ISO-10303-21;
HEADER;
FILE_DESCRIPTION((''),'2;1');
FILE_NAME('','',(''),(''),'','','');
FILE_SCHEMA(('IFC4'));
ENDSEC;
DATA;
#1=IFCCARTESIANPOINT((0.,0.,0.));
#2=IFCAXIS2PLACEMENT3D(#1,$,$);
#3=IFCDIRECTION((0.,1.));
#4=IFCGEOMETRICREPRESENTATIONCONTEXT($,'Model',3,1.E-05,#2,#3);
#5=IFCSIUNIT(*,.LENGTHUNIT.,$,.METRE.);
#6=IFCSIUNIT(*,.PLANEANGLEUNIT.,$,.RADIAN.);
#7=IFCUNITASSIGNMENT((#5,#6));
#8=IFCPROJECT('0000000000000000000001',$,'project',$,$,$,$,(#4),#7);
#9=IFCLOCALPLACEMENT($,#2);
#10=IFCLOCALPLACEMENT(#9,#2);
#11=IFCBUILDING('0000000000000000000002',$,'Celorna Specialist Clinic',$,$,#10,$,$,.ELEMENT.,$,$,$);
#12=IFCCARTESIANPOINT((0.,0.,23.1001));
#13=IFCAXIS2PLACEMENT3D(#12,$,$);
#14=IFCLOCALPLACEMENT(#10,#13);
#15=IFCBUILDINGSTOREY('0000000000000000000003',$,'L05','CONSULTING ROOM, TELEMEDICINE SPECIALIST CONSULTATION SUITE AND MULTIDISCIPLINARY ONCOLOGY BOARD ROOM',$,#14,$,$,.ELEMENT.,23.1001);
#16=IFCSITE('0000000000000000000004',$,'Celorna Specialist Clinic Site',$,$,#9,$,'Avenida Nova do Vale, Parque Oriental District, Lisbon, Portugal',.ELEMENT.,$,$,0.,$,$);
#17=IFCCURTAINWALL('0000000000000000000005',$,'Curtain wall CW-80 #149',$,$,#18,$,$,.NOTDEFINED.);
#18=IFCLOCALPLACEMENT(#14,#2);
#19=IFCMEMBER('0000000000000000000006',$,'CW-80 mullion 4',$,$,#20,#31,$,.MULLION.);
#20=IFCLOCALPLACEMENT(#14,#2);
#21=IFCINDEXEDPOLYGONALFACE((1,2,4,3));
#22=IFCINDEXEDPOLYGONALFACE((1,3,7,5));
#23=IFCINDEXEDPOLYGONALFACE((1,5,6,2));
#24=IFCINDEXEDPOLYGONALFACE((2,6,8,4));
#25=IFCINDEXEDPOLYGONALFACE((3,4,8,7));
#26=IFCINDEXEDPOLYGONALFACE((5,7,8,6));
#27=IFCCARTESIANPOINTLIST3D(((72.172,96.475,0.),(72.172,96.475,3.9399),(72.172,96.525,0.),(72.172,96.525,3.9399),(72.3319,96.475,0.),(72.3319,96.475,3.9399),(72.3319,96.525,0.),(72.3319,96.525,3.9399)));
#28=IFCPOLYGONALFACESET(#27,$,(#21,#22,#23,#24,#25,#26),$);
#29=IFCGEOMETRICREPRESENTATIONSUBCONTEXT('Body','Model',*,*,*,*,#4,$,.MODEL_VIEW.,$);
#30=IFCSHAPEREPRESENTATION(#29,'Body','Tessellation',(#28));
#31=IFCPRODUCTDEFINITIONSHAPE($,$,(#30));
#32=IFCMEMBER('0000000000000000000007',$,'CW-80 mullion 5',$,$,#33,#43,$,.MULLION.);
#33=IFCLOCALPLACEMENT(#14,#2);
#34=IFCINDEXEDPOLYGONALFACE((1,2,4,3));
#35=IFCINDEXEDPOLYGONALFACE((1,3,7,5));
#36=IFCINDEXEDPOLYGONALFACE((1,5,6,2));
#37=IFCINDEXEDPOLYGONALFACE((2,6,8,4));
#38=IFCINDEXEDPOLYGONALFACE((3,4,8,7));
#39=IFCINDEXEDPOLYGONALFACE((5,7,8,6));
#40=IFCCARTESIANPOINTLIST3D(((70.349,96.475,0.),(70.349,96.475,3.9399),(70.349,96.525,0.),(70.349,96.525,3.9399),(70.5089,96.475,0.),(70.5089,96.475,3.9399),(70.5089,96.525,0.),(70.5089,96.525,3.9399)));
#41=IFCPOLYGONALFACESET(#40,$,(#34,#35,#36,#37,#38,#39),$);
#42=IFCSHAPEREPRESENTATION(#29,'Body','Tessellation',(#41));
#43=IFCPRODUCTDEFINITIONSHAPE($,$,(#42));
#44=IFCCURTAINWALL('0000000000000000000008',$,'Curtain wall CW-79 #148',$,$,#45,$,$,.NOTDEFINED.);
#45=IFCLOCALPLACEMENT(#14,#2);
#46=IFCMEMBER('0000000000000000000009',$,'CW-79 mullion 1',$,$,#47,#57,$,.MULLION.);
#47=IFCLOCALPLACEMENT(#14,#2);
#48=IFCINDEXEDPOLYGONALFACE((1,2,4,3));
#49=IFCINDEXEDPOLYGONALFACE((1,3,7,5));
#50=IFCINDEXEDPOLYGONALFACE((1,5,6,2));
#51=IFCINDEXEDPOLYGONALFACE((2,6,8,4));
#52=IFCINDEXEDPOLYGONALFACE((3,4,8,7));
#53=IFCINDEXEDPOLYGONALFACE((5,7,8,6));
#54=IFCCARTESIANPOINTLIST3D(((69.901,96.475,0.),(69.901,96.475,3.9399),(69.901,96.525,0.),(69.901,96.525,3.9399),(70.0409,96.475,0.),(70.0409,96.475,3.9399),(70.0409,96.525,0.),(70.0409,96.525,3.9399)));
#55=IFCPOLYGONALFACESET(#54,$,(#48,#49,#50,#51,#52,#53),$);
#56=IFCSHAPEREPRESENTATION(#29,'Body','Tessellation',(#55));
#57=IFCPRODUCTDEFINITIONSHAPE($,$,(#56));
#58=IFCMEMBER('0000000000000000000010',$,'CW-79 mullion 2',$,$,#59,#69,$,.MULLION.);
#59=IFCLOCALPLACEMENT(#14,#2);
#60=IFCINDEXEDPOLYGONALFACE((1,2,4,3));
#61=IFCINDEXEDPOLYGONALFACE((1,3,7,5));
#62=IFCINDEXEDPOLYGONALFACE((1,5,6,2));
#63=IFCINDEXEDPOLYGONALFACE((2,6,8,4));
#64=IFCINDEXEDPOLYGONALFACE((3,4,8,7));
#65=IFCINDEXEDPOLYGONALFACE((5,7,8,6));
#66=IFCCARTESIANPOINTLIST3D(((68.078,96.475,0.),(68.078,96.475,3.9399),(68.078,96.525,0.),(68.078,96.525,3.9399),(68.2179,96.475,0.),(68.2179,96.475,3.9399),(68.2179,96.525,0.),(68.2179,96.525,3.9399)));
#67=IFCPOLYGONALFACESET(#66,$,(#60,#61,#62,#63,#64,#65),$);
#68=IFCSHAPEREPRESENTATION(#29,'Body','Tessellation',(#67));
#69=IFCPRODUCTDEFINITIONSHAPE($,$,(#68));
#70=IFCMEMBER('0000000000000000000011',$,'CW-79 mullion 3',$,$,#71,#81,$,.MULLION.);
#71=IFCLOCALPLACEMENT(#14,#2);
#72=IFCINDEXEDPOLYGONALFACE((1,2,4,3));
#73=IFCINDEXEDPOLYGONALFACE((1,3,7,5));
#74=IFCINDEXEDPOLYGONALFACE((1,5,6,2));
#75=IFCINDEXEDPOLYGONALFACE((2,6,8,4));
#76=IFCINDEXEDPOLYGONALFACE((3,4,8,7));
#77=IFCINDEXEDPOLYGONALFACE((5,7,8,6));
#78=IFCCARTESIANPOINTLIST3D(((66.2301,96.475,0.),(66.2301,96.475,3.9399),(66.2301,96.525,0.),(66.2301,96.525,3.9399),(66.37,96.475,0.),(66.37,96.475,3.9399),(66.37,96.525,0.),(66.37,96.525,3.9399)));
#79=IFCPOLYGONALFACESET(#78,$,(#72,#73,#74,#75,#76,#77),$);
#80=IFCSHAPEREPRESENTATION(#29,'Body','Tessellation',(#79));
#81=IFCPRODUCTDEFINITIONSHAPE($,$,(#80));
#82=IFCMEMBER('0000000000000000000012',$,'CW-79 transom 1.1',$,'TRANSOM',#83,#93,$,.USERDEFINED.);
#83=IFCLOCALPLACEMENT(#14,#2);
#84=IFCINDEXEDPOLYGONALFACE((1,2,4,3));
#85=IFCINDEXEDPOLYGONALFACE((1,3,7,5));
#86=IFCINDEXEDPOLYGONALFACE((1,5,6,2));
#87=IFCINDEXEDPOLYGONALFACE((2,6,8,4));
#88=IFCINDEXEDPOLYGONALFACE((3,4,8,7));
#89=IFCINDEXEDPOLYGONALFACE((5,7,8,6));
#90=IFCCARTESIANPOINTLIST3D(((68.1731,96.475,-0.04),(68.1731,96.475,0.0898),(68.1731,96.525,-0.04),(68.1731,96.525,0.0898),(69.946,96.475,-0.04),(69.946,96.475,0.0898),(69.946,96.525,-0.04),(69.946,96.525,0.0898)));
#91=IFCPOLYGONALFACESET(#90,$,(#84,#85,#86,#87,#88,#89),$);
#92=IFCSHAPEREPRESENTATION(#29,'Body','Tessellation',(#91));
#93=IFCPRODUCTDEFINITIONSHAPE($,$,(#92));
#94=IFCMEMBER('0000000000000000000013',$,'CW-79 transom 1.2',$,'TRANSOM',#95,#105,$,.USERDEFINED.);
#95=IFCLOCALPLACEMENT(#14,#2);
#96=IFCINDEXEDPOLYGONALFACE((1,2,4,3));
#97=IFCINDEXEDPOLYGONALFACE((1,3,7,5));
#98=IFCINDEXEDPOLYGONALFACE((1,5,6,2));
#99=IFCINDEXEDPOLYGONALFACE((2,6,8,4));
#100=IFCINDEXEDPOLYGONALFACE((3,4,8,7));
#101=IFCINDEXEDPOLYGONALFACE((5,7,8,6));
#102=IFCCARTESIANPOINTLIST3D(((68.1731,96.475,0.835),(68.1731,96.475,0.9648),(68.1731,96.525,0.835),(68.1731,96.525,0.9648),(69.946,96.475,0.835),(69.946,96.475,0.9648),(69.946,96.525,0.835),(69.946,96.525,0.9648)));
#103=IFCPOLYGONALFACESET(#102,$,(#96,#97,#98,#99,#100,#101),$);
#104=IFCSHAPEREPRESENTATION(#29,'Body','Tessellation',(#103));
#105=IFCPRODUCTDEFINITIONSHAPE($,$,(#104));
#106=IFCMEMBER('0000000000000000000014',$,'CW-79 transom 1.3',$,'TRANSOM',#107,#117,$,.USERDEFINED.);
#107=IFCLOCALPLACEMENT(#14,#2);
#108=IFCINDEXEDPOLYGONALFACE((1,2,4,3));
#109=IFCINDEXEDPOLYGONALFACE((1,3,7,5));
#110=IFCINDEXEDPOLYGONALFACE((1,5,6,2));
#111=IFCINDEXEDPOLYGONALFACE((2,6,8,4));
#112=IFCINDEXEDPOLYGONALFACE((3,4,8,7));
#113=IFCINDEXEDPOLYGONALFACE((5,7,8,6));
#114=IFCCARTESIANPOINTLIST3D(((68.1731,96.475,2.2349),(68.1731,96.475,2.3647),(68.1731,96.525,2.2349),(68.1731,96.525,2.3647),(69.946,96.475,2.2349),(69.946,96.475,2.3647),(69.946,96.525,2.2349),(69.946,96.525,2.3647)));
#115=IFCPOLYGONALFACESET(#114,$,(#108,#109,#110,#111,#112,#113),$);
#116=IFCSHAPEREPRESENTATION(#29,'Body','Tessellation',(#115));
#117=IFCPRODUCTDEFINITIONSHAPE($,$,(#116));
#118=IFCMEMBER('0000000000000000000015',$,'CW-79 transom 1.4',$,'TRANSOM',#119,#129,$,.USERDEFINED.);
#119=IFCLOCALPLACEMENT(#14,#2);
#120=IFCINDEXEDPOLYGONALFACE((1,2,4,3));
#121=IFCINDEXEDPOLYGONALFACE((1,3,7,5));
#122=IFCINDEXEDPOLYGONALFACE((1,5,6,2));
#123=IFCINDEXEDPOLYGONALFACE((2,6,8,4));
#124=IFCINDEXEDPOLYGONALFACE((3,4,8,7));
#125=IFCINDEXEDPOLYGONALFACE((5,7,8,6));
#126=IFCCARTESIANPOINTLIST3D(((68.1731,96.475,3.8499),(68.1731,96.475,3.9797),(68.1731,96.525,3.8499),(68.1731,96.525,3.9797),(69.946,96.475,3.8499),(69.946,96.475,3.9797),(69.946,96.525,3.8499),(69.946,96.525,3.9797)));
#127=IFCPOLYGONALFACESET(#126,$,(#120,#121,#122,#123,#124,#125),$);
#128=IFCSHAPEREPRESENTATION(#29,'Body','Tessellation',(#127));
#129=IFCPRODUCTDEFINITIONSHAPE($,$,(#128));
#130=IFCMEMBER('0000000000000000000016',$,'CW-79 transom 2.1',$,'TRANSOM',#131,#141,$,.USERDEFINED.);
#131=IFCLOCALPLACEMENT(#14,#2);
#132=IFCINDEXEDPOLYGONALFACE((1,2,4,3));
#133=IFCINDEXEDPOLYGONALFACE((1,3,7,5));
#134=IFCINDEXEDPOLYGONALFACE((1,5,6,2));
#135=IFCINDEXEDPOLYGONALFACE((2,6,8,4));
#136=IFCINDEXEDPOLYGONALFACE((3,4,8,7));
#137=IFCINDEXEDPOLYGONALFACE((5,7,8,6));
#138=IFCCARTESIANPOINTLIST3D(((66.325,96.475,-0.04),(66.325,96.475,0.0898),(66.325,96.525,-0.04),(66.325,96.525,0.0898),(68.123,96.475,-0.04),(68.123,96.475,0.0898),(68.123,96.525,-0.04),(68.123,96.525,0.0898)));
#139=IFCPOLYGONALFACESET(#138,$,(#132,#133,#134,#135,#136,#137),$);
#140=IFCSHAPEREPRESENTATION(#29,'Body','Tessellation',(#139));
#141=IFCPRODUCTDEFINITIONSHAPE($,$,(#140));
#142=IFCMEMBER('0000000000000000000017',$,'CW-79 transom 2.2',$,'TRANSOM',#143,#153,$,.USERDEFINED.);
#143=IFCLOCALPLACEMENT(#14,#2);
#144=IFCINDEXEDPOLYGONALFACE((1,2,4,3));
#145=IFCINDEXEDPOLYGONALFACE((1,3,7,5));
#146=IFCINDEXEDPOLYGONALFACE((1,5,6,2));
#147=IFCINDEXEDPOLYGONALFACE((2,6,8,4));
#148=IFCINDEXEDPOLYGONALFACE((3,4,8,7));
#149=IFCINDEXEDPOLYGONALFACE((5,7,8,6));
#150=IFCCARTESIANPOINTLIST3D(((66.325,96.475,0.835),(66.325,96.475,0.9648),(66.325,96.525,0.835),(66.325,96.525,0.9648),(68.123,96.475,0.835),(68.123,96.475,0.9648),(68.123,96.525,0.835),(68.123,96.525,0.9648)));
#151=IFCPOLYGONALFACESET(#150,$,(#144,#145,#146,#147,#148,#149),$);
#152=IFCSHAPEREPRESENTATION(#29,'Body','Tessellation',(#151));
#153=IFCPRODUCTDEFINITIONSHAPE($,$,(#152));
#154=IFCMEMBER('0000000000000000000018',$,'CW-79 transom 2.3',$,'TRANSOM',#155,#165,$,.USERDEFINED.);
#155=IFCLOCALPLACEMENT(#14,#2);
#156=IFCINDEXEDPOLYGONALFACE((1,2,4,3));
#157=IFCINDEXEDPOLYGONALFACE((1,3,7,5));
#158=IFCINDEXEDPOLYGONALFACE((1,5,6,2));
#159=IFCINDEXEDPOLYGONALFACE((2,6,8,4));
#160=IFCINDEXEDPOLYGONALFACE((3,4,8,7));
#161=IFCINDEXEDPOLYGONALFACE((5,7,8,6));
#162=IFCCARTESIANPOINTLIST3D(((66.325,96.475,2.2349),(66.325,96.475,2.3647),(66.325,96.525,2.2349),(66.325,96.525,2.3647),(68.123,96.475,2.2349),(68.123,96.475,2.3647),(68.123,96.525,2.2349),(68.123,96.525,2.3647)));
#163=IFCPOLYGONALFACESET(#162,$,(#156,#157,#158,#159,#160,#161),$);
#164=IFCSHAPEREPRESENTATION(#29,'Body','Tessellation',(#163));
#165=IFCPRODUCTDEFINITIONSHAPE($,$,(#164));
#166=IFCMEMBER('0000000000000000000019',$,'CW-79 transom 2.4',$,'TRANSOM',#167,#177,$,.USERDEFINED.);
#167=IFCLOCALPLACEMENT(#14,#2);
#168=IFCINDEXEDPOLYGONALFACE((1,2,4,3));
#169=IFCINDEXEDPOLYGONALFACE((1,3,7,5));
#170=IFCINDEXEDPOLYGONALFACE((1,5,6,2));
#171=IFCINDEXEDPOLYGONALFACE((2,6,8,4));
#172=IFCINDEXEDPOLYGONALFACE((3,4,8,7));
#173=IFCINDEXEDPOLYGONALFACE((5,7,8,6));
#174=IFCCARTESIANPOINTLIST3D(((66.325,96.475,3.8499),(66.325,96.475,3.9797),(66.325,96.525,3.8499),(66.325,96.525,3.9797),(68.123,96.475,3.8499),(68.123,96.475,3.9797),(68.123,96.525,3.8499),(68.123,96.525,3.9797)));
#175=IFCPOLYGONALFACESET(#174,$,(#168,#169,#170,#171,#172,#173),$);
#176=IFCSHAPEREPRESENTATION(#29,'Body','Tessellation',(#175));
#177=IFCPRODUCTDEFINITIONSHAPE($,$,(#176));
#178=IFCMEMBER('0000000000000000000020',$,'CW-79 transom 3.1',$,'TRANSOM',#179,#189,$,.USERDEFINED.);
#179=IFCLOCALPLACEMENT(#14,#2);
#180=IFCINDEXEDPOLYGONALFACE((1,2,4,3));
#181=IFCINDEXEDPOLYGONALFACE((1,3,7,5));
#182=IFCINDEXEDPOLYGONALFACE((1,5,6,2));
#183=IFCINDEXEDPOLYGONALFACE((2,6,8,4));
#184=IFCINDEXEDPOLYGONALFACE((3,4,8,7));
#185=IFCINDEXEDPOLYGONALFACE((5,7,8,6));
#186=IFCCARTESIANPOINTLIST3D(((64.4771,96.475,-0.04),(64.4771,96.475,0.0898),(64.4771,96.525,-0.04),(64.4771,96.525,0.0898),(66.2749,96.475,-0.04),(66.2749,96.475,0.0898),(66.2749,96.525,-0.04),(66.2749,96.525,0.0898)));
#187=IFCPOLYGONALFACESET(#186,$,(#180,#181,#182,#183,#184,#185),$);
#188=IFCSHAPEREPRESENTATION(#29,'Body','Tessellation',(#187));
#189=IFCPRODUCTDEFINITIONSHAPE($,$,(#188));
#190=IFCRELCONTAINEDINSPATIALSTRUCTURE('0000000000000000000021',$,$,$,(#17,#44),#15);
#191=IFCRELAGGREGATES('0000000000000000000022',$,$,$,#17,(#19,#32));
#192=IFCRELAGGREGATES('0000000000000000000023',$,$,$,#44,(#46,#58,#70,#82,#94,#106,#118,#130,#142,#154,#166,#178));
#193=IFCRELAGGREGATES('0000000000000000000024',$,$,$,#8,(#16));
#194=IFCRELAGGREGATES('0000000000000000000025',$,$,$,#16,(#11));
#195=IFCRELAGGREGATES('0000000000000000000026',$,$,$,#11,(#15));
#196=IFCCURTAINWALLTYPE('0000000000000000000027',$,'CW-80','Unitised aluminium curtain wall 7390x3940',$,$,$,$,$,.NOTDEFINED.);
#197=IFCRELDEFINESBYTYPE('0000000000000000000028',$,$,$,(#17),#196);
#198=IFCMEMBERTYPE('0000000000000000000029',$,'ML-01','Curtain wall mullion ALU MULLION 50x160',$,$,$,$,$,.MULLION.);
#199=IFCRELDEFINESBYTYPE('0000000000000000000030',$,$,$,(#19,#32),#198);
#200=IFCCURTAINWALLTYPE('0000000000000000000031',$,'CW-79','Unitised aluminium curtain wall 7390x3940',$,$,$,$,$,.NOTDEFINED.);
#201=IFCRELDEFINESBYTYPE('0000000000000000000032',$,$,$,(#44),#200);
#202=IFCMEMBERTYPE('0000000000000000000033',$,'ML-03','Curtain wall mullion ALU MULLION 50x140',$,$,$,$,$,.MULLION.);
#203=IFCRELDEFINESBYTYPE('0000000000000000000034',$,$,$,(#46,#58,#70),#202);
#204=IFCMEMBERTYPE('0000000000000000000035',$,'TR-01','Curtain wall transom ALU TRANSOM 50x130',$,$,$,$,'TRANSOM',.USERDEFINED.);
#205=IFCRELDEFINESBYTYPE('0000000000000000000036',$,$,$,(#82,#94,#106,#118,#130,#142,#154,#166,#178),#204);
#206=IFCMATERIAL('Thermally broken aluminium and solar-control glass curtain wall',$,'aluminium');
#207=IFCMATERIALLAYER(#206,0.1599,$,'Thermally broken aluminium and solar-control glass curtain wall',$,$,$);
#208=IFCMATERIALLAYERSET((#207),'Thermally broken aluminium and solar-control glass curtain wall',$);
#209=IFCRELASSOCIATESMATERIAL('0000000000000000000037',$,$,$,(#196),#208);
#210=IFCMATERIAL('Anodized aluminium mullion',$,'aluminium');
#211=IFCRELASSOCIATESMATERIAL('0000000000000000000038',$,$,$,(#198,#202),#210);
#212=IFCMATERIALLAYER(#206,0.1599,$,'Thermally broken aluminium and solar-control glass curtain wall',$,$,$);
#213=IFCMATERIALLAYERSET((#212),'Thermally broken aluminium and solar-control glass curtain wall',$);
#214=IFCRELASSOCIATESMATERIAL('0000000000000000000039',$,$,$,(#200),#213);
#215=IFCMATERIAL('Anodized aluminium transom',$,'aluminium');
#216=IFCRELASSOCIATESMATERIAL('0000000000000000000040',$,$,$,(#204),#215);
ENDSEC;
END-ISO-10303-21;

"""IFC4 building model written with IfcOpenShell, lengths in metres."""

from ifc_helpers import new_model, si_unit, direction, frame, origin, origin_2d, place, context, subcontext, project, spatial, rectangle, extrude, material, layer, layer_set, material_profile, profile_set, type_object, element, aggregate, save


model = new_model("IFC4")

# Units and contexts
model_context = context("Model", 3, precision=1e-05, world=origin(), true_north=direction((0.0, 1.0)))
body_context = subcontext(model_context, "Body", "Model", "MODEL_VIEW")
ifc_project = project(units=[si_unit("LENGTHUNIT", "METRE"), si_unit("PLANEANGLEUNIT", "RADIAN")], contexts=[model_context])

# Site, building, storey
site_placement = place(None, origin())
site = spatial("IfcSite", under=ifc_project, at=site_placement, Name="Celorna Specialist Clinic Site", LongName="Avenida Nova do Vale, Parque Oriental District, Lisbon, Portugal", CompositionType="ELEMENT", RefElevation=0.0)
building_placement = place(site_placement, origin())
building = spatial("IfcBuilding", under=site, at=building_placement, Name="Celorna Specialist Clinic", CompositionType="ELEMENT")
storey_placement = place(building_placement, frame((0.0, 0.0, 23.1001)))
storey = spatial("IfcBuildingStorey", under=building, at=storey_placement, Name="L05", Description="CONSULTING ROOM, TELEMEDICINE SPECIALIST CONSULTATION SUITE AND MULTIDISCIPLINARY ONCOLOGY BOARD ROOM", CompositionType="ELEMENT", Elevation=23.1001)

# Curtain walls, members
ifc_material_1 = material(Name="Thermally broken aluminium and solar-control glass curtain wall", Category="aluminium")
ifc_layer_1 = layer(ifc_material_1, 0.1599, Name="Thermally broken aluminium and solar-control glass curtain wall")
ifc_layer_set_1 = layer_set([ifc_layer_1], Name="Thermally broken aluminium and solar-control glass curtain wall")
curtain_wall_type_1 = type_object("IfcCurtainWallType", Name="CW-80", Description="Unitised aluminium curtain wall 7390x3940", PredefinedType="NOTDEFINED", material=ifc_layer_set_1)
curtain_wall_1_placement = place(storey_placement, origin())
curtain_wall_1 = element("IfcCurtainWall", 1, at=curtain_wall_1_placement, inside=storey, type_object=curtain_wall_type_1, Name="Curtain wall CW-80 #149", PredefinedType="NOTDEFINED")
ifc_material_2 = material(Name="Anodized aluminium mullion", Category="aluminium")
ifc_material_profile_1 = material_profile(ifc_material_2, rectangle(XDim=0.05, YDim=0.1599, at=origin_2d()), Name="ALU MULLION 50x160")
ifc_profile_set_1 = profile_set([ifc_material_profile_1], Name="Anodized aluminium mullion")
member_type_1 = type_object("IfcMemberType", Name="ML-01", Description="Curtain wall mullion ALU MULLION 50x160", PredefinedType="MULLION", material=ifc_profile_set_1)
member_1_placement = place(storey_placement, frame((72.252, 96.5, 0.0), z_axis=(0.0, 0.0, 1.0), x_axis=(0.0, -1.0, 0.0)))
member_1 = element("IfcMember", 2, at=member_1_placement, type_object=member_type_1, Name="CW-80 mullion 4", PredefinedType="MULLION", context=body_context, shape_type="SweptSolid", body=[
    extrude(rectangle(XDim=0.05, YDim=0.1599, at=origin_2d()), origin(), (0.0, 0.0, 1.0), 3.9399),
])
member_2_placement = place(storey_placement, frame((70.429, 96.5, 0.0), z_axis=(0.0, 0.0, 1.0), x_axis=(0.0, -1.0, 0.0)))
member_2 = element("IfcMember", 3, at=member_2_placement, type_object=member_type_1, Name="CW-80 mullion 5", PredefinedType="MULLION", context=body_context, shape_type="SweptSolid", body=[
    extrude(rectangle(XDim=0.05, YDim=0.1599, at=origin_2d()), origin(), (0.0, 0.0, 1.0), 3.9399),
])
ifc_layer_2 = layer(ifc_material_1, 0.1599, Name="Thermally broken aluminium and solar-control glass curtain wall")
ifc_layer_set_2 = layer_set([ifc_layer_2], Name="Thermally broken aluminium and solar-control glass curtain wall")
curtain_wall_type_2 = type_object("IfcCurtainWallType", Name="CW-79", Description="Unitised aluminium curtain wall 7390x3940", PredefinedType="NOTDEFINED", material=ifc_layer_set_2)
curtain_wall_2_placement = place(storey_placement, origin())
curtain_wall_2 = element("IfcCurtainWall", 4, at=curtain_wall_2_placement, inside=storey, type_object=curtain_wall_type_2, Name="Curtain wall CW-79 #148", PredefinedType="NOTDEFINED")
ifc_material_profile_2 = material_profile(ifc_material_2, rectangle(XDim=0.05, YDim=0.1399, at=origin_2d()), Name="ALU MULLION 50x140")
ifc_profile_set_2 = profile_set([ifc_material_profile_2], Name="Anodized aluminium mullion")
member_type_2 = type_object("IfcMemberType", Name="ML-03", Description="Curtain wall mullion ALU MULLION 50x140", PredefinedType="MULLION", material=ifc_profile_set_2)
member_3_placement = place(storey_placement, frame((69.9709, 96.5, 0.0), z_axis=(0.0, 0.0, 1.0), x_axis=(0.0, -1.0, 0.0)))
member_3 = element("IfcMember", 5, at=member_3_placement, type_object=member_type_2, Name="CW-79 mullion 1", PredefinedType="MULLION", context=body_context, shape_type="SweptSolid", body=[
    extrude(rectangle(XDim=0.05, YDim=0.1399, at=origin_2d()), origin(), (0.0, 0.0, 1.0), 3.9399),
])
member_4_placement = place(storey_placement, frame((68.1479, 96.5, 0.0), z_axis=(0.0, 0.0, 1.0), x_axis=(0.0, -1.0, 0.0)))
member_4 = element("IfcMember", 6, at=member_4_placement, type_object=member_type_2, Name="CW-79 mullion 2", PredefinedType="MULLION", context=body_context, shape_type="SweptSolid", body=[
    extrude(rectangle(XDim=0.05, YDim=0.1399, at=origin_2d()), origin(), (0.0, 0.0, 1.0), 3.9399),
])
member_5_placement = place(storey_placement, frame((66.3, 96.5, 0.0), z_axis=(0.0, 0.0, 1.0), x_axis=(0.0, -1.0, 0.0)))
member_5 = element("IfcMember", 7, at=member_5_placement, type_object=member_type_2, Name="CW-79 mullion 3", PredefinedType="MULLION", context=body_context, shape_type="SweptSolid", body=[
    extrude(rectangle(XDim=0.05, YDim=0.1399, at=origin_2d()), origin(), (0.0, 0.0, 1.0), 3.9399),
])
ifc_material_3 = material(Name="Anodized aluminium transom", Category="aluminium")
ifc_material_profile_3 = material_profile(ifc_material_3, rectangle(XDim=0.05, YDim=0.1299, at=origin_2d()), Name="ALU TRANSOM 50x130")
ifc_profile_set_3 = profile_set([ifc_material_profile_3], Name="Anodized aluminium transom")
member_type_3 = type_object("IfcMemberType", Name="TR-01", Description="Curtain wall transom ALU TRANSOM 50x130", ElementType="TRANSOM", PredefinedType="USERDEFINED", material=ifc_profile_set_3)
member_6_placement = place(storey_placement, frame((69.946, 96.5, 0.0249), z_axis=(-1.0, 0.0, 0.0), x_axis=(0.0, -1.0, 0.0)))
member_6 = element("IfcMember", 8, at=member_6_placement, type_object=member_type_3, Name="CW-79 transom 1.1", ObjectType="TRANSOM", PredefinedType="USERDEFINED", context=body_context, shape_type="SweptSolid", body=[
    extrude(rectangle(XDim=0.05, YDim=0.1299, at=origin_2d()), origin(), (0.0, 0.0, 1.0), 1.7729),
])
member_7_placement = place(storey_placement, frame((69.946, 96.5, 0.8999), z_axis=(-1.0, 0.0, 0.0), x_axis=(0.0, -1.0, 0.0)))
member_7 = element("IfcMember", 9, at=member_7_placement, type_object=member_type_3, Name="CW-79 transom 1.2", ObjectType="TRANSOM", PredefinedType="USERDEFINED", context=body_context, shape_type="SweptSolid", body=[
    extrude(rectangle(XDim=0.05, YDim=0.1299, at=origin_2d()), origin(), (0.0, 0.0, 1.0), 1.7729),
])
member_8_placement = place(storey_placement, frame((69.946, 96.5, 2.2998), z_axis=(-1.0, 0.0, 0.0), x_axis=(0.0, -1.0, 0.0)))
member_8 = element("IfcMember", 10, at=member_8_placement, type_object=member_type_3, Name="CW-79 transom 1.3", ObjectType="TRANSOM", PredefinedType="USERDEFINED", context=body_context, shape_type="SweptSolid", body=[
    extrude(rectangle(XDim=0.05, YDim=0.1299, at=origin_2d()), origin(), (0.0, 0.0, 1.0), 1.7729),
])
member_9_placement = place(storey_placement, frame((69.946, 96.5, 3.9148), z_axis=(-1.0, 0.0, 0.0), x_axis=(0.0, -1.0, 0.0)))
member_9 = element("IfcMember", 11, at=member_9_placement, type_object=member_type_3, Name="CW-79 transom 1.4", ObjectType="TRANSOM", PredefinedType="USERDEFINED", context=body_context, shape_type="SweptSolid", body=[
    extrude(rectangle(XDim=0.05, YDim=0.1299, at=origin_2d()), origin(), (0.0, 0.0, 1.0), 1.7729),
])
member_10_placement = place(storey_placement, frame((68.123, 96.5, 0.0249), z_axis=(-1.0, 0.0, 0.0), x_axis=(0.0, -1.0, 0.0)))
member_10 = element("IfcMember", 12, at=member_10_placement, type_object=member_type_3, Name="CW-79 transom 2.1", ObjectType="TRANSOM", PredefinedType="USERDEFINED", context=body_context, shape_type="SweptSolid", body=[
    extrude(rectangle(XDim=0.05, YDim=0.1299, at=origin_2d()), origin(), (0.0, 0.0, 1.0), 1.7981),
])
member_11_placement = place(storey_placement, frame((68.123, 96.5, 0.8999), z_axis=(-1.0, 0.0, 0.0), x_axis=(0.0, -1.0, 0.0)))
member_11 = element("IfcMember", 13, at=member_11_placement, type_object=member_type_3, Name="CW-79 transom 2.2", ObjectType="TRANSOM", PredefinedType="USERDEFINED", context=body_context, shape_type="SweptSolid", body=[
    extrude(rectangle(XDim=0.05, YDim=0.1299, at=origin_2d()), origin(), (0.0, 0.0, 1.0), 1.7981),
])
member_12_placement = place(storey_placement, frame((68.123, 96.5, 2.2998), z_axis=(-1.0, 0.0, 0.0), x_axis=(0.0, -1.0, 0.0)))
member_12 = element("IfcMember", 14, at=member_12_placement, type_object=member_type_3, Name="CW-79 transom 2.3", ObjectType="TRANSOM", PredefinedType="USERDEFINED", context=body_context, shape_type="SweptSolid", body=[
    extrude(rectangle(XDim=0.05, YDim=0.1299, at=origin_2d()), origin(), (0.0, 0.0, 1.0), 1.7981),
])
member_13_placement = place(storey_placement, frame((68.123, 96.5, 3.9148), z_axis=(-1.0, 0.0, 0.0), x_axis=(0.0, -1.0, 0.0)))
member_13 = element("IfcMember", 15, at=member_13_placement, type_object=member_type_3, Name="CW-79 transom 2.4", ObjectType="TRANSOM", PredefinedType="USERDEFINED", context=body_context, shape_type="SweptSolid", body=[
    extrude(rectangle(XDim=0.05, YDim=0.1299, at=origin_2d()), origin(), (0.0, 0.0, 1.0), 1.7981),
])
member_14_placement = place(storey_placement, frame((66.2749, 96.5, 0.0249), z_axis=(-1.0, 0.0, 0.0), x_axis=(0.0, -1.0, 0.0)))
member_14 = element("IfcMember", 16, at=member_14_placement, type_object=member_type_3, Name="CW-79 transom 3.1", ObjectType="TRANSOM", PredefinedType="USERDEFINED", context=body_context, shape_type="SweptSolid", body=[
    extrude(rectangle(XDim=0.05, YDim=0.1299, at=origin_2d()), origin(), (0.0, 0.0, 1.0), 1.7979),
])

aggregate(curtain_wall_1, [member_1, member_2])
aggregate(curtain_wall_2, [member_3, member_4, member_5, member_6, member_7, member_8, member_9, member_10, member_11, member_12, member_13, member_14])

save(model, "model.ifc")
